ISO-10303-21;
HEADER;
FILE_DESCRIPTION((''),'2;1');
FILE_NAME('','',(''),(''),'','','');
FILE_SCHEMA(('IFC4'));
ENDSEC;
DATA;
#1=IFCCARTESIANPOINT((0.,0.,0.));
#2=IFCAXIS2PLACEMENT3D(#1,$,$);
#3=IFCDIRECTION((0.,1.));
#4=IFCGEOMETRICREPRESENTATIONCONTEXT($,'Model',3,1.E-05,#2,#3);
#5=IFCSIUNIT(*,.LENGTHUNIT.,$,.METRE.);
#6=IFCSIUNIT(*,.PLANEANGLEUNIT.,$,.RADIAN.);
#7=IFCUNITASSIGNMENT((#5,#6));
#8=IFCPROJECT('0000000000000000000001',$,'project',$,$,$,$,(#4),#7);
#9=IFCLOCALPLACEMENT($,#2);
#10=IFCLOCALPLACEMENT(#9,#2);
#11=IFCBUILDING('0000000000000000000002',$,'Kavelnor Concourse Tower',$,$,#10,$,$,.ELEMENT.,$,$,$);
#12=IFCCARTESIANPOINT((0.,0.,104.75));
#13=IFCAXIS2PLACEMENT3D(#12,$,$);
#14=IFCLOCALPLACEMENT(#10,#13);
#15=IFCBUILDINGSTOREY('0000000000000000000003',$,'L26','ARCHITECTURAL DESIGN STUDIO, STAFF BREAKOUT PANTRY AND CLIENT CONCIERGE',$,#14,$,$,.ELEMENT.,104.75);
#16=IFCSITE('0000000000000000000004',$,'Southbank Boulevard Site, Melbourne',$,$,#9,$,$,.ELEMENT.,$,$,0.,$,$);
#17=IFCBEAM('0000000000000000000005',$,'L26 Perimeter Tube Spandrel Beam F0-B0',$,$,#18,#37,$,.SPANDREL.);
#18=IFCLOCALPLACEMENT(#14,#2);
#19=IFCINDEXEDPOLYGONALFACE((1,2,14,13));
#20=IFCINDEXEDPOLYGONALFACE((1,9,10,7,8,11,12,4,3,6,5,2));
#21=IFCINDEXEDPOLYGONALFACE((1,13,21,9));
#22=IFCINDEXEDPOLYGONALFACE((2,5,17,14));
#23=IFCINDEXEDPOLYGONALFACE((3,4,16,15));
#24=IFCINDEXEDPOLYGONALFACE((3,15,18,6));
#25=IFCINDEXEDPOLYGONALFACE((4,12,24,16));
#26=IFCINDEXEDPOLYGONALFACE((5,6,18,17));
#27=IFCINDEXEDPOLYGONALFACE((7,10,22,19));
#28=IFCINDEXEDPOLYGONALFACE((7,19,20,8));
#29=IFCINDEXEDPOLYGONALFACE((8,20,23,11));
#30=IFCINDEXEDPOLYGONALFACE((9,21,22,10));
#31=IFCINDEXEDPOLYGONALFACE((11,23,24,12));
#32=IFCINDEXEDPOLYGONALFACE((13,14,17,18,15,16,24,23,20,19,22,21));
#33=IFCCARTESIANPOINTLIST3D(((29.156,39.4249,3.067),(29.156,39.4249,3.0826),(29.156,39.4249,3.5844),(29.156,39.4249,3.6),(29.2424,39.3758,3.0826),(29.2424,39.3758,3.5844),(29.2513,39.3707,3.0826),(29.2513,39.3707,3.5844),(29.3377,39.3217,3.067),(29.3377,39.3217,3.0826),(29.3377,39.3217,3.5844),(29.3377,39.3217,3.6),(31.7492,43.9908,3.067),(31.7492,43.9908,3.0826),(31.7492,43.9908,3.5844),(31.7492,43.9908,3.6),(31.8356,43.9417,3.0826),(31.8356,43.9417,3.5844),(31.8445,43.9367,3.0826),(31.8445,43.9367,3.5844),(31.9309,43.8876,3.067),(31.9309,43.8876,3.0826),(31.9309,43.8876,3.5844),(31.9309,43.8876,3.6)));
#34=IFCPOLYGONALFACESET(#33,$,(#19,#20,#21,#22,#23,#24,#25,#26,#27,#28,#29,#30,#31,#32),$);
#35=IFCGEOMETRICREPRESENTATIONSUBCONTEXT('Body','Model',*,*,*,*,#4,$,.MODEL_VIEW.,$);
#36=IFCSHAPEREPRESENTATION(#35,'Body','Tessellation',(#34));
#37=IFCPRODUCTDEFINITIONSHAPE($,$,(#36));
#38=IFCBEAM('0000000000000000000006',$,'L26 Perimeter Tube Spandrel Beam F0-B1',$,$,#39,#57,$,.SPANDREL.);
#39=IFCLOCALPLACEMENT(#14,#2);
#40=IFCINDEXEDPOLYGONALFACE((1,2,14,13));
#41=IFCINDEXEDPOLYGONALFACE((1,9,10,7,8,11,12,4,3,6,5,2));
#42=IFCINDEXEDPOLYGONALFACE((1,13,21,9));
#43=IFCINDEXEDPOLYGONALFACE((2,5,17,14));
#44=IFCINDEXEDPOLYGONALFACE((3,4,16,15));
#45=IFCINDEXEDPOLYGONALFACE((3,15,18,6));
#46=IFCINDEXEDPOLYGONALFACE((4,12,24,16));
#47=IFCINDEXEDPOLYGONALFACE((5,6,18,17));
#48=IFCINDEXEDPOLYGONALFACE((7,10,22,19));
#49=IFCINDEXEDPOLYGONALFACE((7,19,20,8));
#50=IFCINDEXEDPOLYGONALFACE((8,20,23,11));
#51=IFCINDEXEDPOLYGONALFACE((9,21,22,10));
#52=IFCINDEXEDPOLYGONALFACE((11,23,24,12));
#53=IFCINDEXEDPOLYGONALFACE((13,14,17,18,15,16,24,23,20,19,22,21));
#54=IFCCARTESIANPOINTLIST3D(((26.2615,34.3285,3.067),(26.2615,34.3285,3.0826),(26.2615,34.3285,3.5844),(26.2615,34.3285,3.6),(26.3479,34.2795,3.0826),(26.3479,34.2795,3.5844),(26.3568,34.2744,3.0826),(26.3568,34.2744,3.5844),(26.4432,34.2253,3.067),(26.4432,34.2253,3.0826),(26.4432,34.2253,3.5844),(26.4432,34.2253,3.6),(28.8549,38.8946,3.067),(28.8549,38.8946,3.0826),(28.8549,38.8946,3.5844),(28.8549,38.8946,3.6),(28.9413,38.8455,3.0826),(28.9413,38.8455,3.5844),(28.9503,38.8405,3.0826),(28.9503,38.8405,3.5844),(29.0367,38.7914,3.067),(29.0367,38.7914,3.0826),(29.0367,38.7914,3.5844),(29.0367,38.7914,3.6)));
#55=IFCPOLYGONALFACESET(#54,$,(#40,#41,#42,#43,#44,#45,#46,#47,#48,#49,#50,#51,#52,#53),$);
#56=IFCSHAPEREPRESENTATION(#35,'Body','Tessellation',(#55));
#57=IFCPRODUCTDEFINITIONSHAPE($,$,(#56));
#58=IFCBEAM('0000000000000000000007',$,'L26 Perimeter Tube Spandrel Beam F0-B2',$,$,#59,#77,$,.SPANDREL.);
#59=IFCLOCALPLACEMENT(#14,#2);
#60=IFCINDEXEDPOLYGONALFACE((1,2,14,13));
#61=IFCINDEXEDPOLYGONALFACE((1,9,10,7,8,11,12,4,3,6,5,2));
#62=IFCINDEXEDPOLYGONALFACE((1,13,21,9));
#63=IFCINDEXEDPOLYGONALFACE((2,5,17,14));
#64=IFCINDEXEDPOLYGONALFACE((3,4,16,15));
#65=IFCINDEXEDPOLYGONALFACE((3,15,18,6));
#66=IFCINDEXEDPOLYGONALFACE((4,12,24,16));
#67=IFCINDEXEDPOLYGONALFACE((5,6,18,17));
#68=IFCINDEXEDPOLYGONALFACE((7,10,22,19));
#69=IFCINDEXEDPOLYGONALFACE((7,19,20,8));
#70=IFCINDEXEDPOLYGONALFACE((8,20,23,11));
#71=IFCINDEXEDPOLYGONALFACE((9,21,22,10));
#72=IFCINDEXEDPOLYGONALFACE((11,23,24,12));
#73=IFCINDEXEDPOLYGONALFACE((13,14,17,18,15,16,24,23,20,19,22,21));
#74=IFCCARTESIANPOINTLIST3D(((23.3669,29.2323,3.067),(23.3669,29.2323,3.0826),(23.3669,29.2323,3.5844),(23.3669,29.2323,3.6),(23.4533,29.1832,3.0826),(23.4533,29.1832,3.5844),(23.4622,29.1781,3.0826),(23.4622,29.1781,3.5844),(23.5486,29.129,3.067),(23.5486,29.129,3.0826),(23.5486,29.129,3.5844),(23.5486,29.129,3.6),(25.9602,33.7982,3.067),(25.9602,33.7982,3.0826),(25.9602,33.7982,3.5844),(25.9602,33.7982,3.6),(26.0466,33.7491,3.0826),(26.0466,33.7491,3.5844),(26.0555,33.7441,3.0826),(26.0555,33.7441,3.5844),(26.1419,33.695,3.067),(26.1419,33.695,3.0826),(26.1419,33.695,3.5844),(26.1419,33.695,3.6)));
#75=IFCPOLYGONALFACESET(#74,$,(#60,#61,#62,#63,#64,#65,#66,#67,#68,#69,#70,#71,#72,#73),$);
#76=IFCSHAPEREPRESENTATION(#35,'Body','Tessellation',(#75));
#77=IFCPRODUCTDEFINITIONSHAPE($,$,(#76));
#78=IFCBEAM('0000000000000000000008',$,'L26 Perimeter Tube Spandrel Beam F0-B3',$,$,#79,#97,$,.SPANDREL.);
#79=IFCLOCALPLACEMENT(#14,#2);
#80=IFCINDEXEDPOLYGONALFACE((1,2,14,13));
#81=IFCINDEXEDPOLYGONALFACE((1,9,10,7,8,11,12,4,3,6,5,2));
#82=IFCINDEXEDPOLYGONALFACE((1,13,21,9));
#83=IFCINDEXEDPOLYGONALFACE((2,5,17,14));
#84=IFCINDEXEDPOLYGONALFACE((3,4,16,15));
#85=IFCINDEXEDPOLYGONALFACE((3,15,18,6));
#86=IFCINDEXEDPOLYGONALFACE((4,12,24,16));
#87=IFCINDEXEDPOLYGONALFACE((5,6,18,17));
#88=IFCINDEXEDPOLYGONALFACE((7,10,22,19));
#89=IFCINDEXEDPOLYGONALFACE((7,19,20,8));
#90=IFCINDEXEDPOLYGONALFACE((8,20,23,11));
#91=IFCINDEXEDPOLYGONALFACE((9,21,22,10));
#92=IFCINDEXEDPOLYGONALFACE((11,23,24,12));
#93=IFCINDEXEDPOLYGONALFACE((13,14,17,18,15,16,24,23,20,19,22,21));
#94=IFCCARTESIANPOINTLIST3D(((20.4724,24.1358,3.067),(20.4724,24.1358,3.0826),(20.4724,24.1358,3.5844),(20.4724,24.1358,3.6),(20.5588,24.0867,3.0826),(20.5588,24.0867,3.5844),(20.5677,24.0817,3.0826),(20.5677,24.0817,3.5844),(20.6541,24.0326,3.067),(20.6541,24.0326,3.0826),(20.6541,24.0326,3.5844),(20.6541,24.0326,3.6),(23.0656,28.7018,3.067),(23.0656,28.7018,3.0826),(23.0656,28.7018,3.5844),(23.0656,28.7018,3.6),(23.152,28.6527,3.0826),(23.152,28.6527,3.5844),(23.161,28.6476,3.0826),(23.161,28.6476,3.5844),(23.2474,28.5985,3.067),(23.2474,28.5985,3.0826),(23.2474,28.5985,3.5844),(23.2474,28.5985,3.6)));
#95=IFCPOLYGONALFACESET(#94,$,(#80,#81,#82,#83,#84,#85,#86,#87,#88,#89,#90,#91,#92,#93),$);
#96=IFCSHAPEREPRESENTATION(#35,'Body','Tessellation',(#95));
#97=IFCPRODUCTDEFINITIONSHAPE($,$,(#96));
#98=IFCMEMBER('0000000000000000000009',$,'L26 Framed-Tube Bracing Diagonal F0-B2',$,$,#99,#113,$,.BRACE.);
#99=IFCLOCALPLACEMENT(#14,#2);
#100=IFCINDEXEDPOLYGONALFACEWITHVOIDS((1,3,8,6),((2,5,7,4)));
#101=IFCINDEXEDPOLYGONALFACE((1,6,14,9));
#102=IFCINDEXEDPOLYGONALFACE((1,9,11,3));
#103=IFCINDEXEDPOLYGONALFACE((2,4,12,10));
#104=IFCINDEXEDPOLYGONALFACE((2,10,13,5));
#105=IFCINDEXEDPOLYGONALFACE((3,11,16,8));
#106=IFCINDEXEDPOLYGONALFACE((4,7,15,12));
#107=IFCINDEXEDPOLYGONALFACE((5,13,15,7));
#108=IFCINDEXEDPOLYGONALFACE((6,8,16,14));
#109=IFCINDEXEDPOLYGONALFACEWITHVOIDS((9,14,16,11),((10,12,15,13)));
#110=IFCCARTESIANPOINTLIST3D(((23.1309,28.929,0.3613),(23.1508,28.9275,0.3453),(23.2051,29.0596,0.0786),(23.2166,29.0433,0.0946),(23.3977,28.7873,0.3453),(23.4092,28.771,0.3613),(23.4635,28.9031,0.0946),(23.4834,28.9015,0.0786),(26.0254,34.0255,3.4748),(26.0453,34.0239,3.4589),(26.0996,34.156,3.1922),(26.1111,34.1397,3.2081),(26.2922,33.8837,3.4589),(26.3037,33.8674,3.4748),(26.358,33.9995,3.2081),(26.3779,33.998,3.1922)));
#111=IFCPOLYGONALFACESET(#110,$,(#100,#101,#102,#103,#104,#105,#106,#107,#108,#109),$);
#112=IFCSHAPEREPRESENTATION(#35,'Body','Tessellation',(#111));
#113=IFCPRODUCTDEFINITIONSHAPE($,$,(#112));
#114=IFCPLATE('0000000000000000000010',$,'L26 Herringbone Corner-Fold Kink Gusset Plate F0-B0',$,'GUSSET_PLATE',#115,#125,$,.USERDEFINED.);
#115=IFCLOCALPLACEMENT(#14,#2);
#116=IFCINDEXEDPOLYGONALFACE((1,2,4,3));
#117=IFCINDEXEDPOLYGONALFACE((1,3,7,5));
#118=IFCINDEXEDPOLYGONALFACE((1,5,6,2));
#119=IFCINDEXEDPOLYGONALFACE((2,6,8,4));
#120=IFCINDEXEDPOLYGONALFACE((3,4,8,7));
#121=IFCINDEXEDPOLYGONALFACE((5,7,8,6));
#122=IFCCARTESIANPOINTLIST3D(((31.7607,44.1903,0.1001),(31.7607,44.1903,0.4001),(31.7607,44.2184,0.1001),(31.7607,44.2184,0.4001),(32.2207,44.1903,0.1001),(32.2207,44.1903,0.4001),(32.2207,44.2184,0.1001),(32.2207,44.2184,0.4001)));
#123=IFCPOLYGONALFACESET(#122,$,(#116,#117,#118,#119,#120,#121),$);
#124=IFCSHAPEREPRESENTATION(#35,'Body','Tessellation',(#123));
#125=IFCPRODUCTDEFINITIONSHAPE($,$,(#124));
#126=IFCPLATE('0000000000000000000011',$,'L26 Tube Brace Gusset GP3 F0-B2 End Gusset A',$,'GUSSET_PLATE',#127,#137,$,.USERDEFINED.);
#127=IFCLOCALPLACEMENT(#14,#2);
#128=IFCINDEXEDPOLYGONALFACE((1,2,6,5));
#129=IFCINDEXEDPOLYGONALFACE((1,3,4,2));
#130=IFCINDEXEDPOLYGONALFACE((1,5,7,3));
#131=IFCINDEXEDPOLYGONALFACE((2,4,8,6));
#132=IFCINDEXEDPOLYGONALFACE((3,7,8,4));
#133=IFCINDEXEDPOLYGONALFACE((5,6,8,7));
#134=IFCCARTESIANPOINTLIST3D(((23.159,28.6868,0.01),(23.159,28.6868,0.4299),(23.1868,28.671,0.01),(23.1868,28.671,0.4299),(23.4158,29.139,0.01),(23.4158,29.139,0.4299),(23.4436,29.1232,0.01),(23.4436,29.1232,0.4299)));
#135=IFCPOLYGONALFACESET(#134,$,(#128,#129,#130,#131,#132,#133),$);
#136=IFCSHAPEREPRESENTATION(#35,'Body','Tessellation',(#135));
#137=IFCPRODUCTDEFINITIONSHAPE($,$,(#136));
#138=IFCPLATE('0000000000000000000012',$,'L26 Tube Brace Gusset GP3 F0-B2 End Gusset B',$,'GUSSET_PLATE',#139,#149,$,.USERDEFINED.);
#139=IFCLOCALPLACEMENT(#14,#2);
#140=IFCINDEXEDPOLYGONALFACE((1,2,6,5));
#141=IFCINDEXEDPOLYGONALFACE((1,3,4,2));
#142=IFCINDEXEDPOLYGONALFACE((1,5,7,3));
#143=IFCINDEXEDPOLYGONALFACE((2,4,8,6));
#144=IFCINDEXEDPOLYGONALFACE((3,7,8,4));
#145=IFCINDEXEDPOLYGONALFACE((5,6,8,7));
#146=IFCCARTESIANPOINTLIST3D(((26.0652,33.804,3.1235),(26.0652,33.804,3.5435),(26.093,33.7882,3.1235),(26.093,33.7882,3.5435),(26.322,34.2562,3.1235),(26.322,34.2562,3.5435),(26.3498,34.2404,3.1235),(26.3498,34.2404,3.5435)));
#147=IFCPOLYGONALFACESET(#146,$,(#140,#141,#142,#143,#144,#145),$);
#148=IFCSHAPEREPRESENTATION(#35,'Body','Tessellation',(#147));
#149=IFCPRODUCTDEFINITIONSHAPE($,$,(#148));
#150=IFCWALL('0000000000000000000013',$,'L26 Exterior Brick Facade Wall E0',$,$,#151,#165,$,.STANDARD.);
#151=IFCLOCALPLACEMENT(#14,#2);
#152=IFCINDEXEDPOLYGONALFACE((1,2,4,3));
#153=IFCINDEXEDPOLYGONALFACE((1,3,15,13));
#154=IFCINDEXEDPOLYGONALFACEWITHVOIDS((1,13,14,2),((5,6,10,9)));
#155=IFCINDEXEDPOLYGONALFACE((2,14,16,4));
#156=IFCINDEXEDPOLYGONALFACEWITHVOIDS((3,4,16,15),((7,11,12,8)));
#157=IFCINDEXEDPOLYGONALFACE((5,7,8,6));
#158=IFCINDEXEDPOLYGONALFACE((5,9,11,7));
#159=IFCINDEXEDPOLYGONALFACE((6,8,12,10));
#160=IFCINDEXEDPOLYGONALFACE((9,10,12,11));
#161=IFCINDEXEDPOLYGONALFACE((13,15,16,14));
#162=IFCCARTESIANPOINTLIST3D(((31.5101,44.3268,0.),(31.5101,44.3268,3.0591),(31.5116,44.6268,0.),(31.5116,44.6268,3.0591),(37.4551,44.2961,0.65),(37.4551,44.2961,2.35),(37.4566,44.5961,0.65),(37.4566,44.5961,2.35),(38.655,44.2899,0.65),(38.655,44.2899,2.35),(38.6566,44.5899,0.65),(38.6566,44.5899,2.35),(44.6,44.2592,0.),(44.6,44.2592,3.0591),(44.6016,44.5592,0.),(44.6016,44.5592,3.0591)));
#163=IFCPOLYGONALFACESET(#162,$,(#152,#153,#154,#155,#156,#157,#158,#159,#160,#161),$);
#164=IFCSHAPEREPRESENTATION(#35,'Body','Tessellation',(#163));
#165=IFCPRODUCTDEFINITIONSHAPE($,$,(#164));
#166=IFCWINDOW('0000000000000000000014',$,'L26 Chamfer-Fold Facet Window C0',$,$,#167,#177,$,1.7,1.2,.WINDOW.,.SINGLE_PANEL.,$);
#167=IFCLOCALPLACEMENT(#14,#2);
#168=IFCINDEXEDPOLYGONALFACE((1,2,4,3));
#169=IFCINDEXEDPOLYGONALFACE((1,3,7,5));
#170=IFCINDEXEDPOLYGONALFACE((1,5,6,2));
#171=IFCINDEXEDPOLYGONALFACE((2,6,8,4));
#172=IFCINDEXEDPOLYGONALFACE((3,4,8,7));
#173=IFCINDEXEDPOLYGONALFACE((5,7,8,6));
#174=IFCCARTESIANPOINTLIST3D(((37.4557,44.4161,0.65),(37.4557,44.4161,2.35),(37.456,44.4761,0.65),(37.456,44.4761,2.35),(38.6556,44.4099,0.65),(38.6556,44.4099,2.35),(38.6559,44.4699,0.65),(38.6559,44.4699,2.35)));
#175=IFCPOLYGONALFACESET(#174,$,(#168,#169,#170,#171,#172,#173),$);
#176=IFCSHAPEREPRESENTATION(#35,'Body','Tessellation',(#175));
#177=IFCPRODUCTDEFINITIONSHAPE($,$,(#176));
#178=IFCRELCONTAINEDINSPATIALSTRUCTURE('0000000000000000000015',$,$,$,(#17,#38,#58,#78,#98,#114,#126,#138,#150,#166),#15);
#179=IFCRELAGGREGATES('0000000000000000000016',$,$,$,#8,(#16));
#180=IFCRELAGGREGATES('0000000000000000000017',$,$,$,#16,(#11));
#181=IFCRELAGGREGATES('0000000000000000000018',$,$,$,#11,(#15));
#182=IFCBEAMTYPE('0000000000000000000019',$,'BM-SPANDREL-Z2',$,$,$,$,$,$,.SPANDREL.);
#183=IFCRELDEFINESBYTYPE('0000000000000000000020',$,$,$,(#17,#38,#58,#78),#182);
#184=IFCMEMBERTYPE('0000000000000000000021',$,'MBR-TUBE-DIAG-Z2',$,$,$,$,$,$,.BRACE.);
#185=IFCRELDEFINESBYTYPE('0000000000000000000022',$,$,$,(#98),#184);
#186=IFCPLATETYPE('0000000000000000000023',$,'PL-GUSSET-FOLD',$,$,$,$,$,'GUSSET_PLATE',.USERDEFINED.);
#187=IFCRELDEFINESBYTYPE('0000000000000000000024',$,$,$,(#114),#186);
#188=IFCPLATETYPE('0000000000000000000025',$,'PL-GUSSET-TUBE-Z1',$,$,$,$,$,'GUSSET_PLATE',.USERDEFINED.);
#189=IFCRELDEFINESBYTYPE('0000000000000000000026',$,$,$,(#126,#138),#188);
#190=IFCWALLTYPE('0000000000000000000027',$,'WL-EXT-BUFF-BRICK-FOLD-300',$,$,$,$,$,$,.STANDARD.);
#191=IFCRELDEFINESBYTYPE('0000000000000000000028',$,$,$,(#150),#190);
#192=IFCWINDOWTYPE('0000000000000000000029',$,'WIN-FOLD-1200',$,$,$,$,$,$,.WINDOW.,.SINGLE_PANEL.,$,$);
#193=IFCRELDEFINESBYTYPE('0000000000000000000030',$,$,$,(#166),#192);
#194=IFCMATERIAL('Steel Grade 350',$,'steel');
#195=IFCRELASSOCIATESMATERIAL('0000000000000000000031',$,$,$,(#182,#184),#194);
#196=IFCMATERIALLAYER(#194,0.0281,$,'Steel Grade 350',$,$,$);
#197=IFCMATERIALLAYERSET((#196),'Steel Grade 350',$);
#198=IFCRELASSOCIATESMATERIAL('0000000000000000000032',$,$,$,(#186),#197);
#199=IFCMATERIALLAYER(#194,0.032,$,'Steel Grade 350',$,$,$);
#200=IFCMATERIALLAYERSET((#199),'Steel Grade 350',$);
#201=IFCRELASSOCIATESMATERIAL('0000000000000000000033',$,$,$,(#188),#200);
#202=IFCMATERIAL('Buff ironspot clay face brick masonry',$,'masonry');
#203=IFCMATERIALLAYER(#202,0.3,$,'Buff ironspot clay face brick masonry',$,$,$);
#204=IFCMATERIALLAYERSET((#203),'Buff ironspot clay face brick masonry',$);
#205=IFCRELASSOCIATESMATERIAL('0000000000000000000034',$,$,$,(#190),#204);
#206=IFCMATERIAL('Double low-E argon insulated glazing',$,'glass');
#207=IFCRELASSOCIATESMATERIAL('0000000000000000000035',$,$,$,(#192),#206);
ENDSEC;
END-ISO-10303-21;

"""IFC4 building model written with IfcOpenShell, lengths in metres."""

from ifc_helpers import new_model, si_unit, direction, frame, frame_2d, origin, origin_2d, place, context, subcontext, project, spatial, rectangle, hollow_rectangle, i_section, extrude, material, layer, layer_set, material_profile, profile_set, type_object, element, fill, save


model = new_model("IFC4")

# Units and contexts
model_context = context("Model", 3, precision=1e-05, world=origin(), true_north=direction((0.0, 1.0)))
body_context = subcontext(model_context, "Body", "Model", "MODEL_VIEW")
ifc_project = project(units=[si_unit("LENGTHUNIT", "METRE"), si_unit("PLANEANGLEUNIT", "RADIAN")], contexts=[model_context])

# Site, building, storey
site_placement = place(None, origin())
site = spatial("IfcSite", under=ifc_project, at=site_placement, Name="Southbank Boulevard Site, Melbourne", CompositionType="ELEMENT", RefElevation=0.0)
building_placement = place(site_placement, origin())
building = spatial("IfcBuilding", under=site, at=building_placement, Name="Kavelnor Concourse Tower", CompositionType="ELEMENT")
storey_placement = place(building_placement, frame((0.0, 0.0, 104.75)))
storey = spatial("IfcBuildingStorey", under=building, at=storey_placement, Name="L26", Description="ARCHITECTURAL DESIGN STUDIO, STAFF BREAKOUT PANTRY AND CLIENT CONCIERGE", CompositionType="ELEMENT", Elevation=104.75)

# Shared definitions
ifc_material_1 = material(Name="Steel Grade 350", Category="steel")

# Beams
ifc_material_profile_1 = material_profile(ifc_material_1, i_section(OverallWidth=0.209, OverallDepth=0.533, WebThickness=0.0103, FlangeThickness=0.0156, at=origin_2d()), Name="530UB92")
ifc_profile_set_1 = profile_set([ifc_material_profile_1], Name="Steel Grade 350")
beam_type_1 = type_object("IfcBeamType", Name="BM-SPANDREL-Z2", PredefinedType="SPANDREL", material=ifc_profile_set_1)
beam_1_placement = place(storey_placement, frame((31.8401, 43.9392, 3.3335), z_axis=(-0.493864, -0.869539, 0.0), x_axis=(0.869539, -0.493864, 0.0)))
element("IfcBeam", 1, at=beam_1_placement, inside=storey, type_object=beam_type_1, Name="L26 Perimeter Tube Spandrel Beam F0-B0", PredefinedType="SPANDREL", context=body_context, shape_type="SweptSolid", body=[
    extrude(i_section(OverallWidth=0.209, OverallDepth=0.533, WebThickness=0.0103, FlangeThickness=0.0156, at=origin_2d()), origin(), (0.0, 0.0, 1.0), 5.251),
])
beam_2_placement = place(storey_placement, frame((28.9458, 38.843, 3.3335), z_axis=(-0.493879, -0.869531, 0.0), x_axis=(0.869531, -0.493879, 0.0)))
element("IfcBeam", 2, at=beam_2_placement, inside=storey, type_object=beam_type_1, Name="L26 Perimeter Tube Spandrel Beam F0-B1", PredefinedType="SPANDREL", context=body_context, shape_type="SweptSolid", body=[
    extrude(i_section(OverallWidth=0.209, OverallDepth=0.533, WebThickness=0.0103, FlangeThickness=0.0156, at=origin_2d()), origin(), (0.0, 0.0, 1.0), 5.2512),
])
for number, where, z_axis, x_axis, name in (
    (3, (26.051, 33.7466, 3.3335), (-0.493864, -0.869539, 0.0), (0.869539, -0.493864, 0.0), "L26 Perimeter Tube Spandrel Beam F0-B2"),
    (4, (23.1565, 28.6501, 3.3335), (-0.493864, -0.869539, 0.0), (0.869539, -0.493864, 0.0), "L26 Perimeter Tube Spandrel Beam F0-B3"),
):
    element("IfcBeam", number, at=place(storey_placement, frame(where, z_axis=z_axis, x_axis=x_axis)), inside=storey, type_object=beam_type_1, Name=name, PredefinedType="SPANDREL", context=body_context, shape_type="SweptSolid", body=[
        extrude(i_section(OverallWidth=0.209, OverallDepth=0.533, WebThickness=0.0103, FlangeThickness=0.0156, at=origin_2d()), origin(), (0.0, 0.0, 1.0), 5.251),
    ])

# Member
ifc_material_profile_2 = material_profile(ifc_material_1, hollow_rectangle(XDim=0.3201, YDim=0.3201, WallThickness=0.0181, at=origin_2d()), Name="SHS 320x320x18")
ifc_profile_set_2 = profile_set([ifc_material_profile_2], Name="Steel Grade 350")
member_type = type_object("IfcMemberType", Name="MBR-TUBE-DIAG-Z2", PredefinedType="BRACE", material=ifc_profile_set_2)
member_placement = place(storey_placement, frame((23.3071, 28.9153, 0.22), z_axis=(0.436139, 0.767915, 0.469136), x_axis=(-0.869542, 0.493858, 0.0)))
element("IfcMember", 5, at=member_placement, inside=storey, type_object=member_type, Name="L26 Framed-Tube Bracing Diagonal F0-B2", PredefinedType="BRACE", context=body_context, shape_type="SweptSolid", body=[
    extrude(hollow_rectangle(XDim=0.3201, YDim=0.3201, WallThickness=0.0181, at=origin_2d()), origin(), (0.0, 0.0, 1.0), 6.6367),
])

# Plates
ifc_layer_1 = layer(ifc_material_1, 0.0281, Name="Steel Grade 350")
ifc_layer_set_1 = layer_set([ifc_layer_1], Name="Steel Grade 350")
plate_type_1 = type_object("IfcPlateType", Name="PL-GUSSET-FOLD", ElementType="GUSSET_PLATE", PredefinedType="USERDEFINED", material=ifc_layer_set_1)
plate_placement = place(storey_placement, frame((31.9907, 44.2043, 0.1001), z_axis=(0.0, 0.0, 1.0), x_axis=(1.0, 0.0, 0.0)))
element("IfcPlate", 6, at=plate_placement, inside=storey, type_object=plate_type_1, Name="L26 Herringbone Corner-Fold Kink Gusset Plate F0-B0", ObjectType="GUSSET_PLATE", PredefinedType="USERDEFINED", context=body_context, shape_type="SweptSolid", body=[
    extrude(rectangle(XDim=0.46, YDim=0.0281, at=origin_2d()), origin(), (0.0, 0.0, 1.0), 0.3),
])
ifc_layer_2 = layer(ifc_material_1, 0.032, Name="Steel Grade 350")
ifc_layer_set_2 = layer_set([ifc_layer_2], Name="Steel Grade 350")
plate_type_2 = type_object("IfcPlateType", Name="PL-GUSSET-TUBE-Z1", ElementType="GUSSET_PLATE", PredefinedType="USERDEFINED", material=ifc_layer_set_2)
for number, where, z_axis, x_axis, name in (
    (7, (23.3013, 28.905, 0.01), (0.0, 0.0, 1.0), (0.49379, 0.869581, 0.0), "L26 Tube Brace Gusset GP3 F0-B2 End Gusset A"),
    (8, (26.2075, 34.0222, 3.1235), (0.0, 0.0, 1.0), (0.49379, 0.869581, 0.0), "L26 Tube Brace Gusset GP3 F0-B2 End Gusset B"),
):
    element("IfcPlate", number, at=place(storey_placement, frame(where, z_axis=z_axis, x_axis=x_axis)), inside=storey, type_object=plate_type_2, Name=name, ObjectType="GUSSET_PLATE", PredefinedType="USERDEFINED", context=body_context, shape_type="SweptSolid", body=[
        extrude(rectangle(XDim=0.52, YDim=0.032, at=origin_2d()), origin(), (0.0, 0.0, 1.0), 0.4199),
    ])

# Wall, opening, window
ifc_material_2 = material(Name="Buff ironspot clay face brick masonry", Category="masonry")
ifc_layer_3 = layer(ifc_material_2, 0.3, Name="Buff ironspot clay face brick masonry")
ifc_layer_set_3 = layer_set([ifc_layer_3], Name="Buff ironspot clay face brick masonry")
wall_type_1 = type_object("IfcWallType", Name="WL-EXT-BUFF-BRICK-FOLD-300", PredefinedType="STANDARD", material=ifc_layer_set_3)
wall_1_placement = place(storey_placement, frame((31.511, 44.4768, 0.0), z_axis=(0.0, 0.0, 1.0), x_axis=(0.999987, -0.005166, 0.0)))
wall_1 = element("IfcWall", 9, at=wall_1_placement, inside=storey, type_object=wall_type_1, Name="L26 Exterior Brick Facade Wall E0", PredefinedType="STANDARD", context=body_context, shape_type="SweptSolid", body=[
    extrude(rectangle(XDim=13.0901, YDim=0.3, at=frame_2d((6.5449, 0.0))), origin(), (0.0, 0.0, 1.0), 3.0591),
])
opening_1_placement = place(wall_1_placement, frame((5.9448, 0.0, 0.6499)))
opening_1 = element("IfcOpeningElement", 10, at=opening_1_placement, cuts=wall_1, PredefinedType="OPENING", context=body_context, shape_type="SweptSolid", body=[
    extrude(rectangle(XDim=1.2, YDim=1.7, at=frame_2d((0.6001, 0.8501))), frame((0.0, 0.1602, 0.0), z_axis=(0.0, -1.0, 0.0), x_axis=(1.0, 0.0, 0.0)), (0.0, 0.0, 1.0), 0.3201),
])
ifc_material_3 = material(Name="Double low-E argon insulated glazing", Category="glass")
window_type = type_object("IfcWindowType", Name="WIN-FOLD-1200", PartitioningType="SINGLE_PANEL", PredefinedType="WINDOW", material=ifc_material_3)
window_placement = place(opening_1_placement, origin())
window = element("IfcWindow", 11, at=window_placement, inside=storey, type_object=window_type, Name="L26 Chamfer-Fold Facet Window C0", OverallHeight=1.7, OverallWidth=1.2, PartitioningType="SINGLE_PANEL", PredefinedType="WINDOW", context=body_context, shape_type="SweptSolid", body=[
    extrude(rectangle(XDim=1.2, YDim=1.7, at=frame_2d((0.6001, 0.8501))), frame((0.0, 0.03, 0.0), z_axis=(0.0, -1.0, 0.0), x_axis=(1.0, 0.0, 0.0)), (0.0, 0.0, 1.0), 0.0601),
])
fill(opening_1, window)

save(model, "model.ifc")
